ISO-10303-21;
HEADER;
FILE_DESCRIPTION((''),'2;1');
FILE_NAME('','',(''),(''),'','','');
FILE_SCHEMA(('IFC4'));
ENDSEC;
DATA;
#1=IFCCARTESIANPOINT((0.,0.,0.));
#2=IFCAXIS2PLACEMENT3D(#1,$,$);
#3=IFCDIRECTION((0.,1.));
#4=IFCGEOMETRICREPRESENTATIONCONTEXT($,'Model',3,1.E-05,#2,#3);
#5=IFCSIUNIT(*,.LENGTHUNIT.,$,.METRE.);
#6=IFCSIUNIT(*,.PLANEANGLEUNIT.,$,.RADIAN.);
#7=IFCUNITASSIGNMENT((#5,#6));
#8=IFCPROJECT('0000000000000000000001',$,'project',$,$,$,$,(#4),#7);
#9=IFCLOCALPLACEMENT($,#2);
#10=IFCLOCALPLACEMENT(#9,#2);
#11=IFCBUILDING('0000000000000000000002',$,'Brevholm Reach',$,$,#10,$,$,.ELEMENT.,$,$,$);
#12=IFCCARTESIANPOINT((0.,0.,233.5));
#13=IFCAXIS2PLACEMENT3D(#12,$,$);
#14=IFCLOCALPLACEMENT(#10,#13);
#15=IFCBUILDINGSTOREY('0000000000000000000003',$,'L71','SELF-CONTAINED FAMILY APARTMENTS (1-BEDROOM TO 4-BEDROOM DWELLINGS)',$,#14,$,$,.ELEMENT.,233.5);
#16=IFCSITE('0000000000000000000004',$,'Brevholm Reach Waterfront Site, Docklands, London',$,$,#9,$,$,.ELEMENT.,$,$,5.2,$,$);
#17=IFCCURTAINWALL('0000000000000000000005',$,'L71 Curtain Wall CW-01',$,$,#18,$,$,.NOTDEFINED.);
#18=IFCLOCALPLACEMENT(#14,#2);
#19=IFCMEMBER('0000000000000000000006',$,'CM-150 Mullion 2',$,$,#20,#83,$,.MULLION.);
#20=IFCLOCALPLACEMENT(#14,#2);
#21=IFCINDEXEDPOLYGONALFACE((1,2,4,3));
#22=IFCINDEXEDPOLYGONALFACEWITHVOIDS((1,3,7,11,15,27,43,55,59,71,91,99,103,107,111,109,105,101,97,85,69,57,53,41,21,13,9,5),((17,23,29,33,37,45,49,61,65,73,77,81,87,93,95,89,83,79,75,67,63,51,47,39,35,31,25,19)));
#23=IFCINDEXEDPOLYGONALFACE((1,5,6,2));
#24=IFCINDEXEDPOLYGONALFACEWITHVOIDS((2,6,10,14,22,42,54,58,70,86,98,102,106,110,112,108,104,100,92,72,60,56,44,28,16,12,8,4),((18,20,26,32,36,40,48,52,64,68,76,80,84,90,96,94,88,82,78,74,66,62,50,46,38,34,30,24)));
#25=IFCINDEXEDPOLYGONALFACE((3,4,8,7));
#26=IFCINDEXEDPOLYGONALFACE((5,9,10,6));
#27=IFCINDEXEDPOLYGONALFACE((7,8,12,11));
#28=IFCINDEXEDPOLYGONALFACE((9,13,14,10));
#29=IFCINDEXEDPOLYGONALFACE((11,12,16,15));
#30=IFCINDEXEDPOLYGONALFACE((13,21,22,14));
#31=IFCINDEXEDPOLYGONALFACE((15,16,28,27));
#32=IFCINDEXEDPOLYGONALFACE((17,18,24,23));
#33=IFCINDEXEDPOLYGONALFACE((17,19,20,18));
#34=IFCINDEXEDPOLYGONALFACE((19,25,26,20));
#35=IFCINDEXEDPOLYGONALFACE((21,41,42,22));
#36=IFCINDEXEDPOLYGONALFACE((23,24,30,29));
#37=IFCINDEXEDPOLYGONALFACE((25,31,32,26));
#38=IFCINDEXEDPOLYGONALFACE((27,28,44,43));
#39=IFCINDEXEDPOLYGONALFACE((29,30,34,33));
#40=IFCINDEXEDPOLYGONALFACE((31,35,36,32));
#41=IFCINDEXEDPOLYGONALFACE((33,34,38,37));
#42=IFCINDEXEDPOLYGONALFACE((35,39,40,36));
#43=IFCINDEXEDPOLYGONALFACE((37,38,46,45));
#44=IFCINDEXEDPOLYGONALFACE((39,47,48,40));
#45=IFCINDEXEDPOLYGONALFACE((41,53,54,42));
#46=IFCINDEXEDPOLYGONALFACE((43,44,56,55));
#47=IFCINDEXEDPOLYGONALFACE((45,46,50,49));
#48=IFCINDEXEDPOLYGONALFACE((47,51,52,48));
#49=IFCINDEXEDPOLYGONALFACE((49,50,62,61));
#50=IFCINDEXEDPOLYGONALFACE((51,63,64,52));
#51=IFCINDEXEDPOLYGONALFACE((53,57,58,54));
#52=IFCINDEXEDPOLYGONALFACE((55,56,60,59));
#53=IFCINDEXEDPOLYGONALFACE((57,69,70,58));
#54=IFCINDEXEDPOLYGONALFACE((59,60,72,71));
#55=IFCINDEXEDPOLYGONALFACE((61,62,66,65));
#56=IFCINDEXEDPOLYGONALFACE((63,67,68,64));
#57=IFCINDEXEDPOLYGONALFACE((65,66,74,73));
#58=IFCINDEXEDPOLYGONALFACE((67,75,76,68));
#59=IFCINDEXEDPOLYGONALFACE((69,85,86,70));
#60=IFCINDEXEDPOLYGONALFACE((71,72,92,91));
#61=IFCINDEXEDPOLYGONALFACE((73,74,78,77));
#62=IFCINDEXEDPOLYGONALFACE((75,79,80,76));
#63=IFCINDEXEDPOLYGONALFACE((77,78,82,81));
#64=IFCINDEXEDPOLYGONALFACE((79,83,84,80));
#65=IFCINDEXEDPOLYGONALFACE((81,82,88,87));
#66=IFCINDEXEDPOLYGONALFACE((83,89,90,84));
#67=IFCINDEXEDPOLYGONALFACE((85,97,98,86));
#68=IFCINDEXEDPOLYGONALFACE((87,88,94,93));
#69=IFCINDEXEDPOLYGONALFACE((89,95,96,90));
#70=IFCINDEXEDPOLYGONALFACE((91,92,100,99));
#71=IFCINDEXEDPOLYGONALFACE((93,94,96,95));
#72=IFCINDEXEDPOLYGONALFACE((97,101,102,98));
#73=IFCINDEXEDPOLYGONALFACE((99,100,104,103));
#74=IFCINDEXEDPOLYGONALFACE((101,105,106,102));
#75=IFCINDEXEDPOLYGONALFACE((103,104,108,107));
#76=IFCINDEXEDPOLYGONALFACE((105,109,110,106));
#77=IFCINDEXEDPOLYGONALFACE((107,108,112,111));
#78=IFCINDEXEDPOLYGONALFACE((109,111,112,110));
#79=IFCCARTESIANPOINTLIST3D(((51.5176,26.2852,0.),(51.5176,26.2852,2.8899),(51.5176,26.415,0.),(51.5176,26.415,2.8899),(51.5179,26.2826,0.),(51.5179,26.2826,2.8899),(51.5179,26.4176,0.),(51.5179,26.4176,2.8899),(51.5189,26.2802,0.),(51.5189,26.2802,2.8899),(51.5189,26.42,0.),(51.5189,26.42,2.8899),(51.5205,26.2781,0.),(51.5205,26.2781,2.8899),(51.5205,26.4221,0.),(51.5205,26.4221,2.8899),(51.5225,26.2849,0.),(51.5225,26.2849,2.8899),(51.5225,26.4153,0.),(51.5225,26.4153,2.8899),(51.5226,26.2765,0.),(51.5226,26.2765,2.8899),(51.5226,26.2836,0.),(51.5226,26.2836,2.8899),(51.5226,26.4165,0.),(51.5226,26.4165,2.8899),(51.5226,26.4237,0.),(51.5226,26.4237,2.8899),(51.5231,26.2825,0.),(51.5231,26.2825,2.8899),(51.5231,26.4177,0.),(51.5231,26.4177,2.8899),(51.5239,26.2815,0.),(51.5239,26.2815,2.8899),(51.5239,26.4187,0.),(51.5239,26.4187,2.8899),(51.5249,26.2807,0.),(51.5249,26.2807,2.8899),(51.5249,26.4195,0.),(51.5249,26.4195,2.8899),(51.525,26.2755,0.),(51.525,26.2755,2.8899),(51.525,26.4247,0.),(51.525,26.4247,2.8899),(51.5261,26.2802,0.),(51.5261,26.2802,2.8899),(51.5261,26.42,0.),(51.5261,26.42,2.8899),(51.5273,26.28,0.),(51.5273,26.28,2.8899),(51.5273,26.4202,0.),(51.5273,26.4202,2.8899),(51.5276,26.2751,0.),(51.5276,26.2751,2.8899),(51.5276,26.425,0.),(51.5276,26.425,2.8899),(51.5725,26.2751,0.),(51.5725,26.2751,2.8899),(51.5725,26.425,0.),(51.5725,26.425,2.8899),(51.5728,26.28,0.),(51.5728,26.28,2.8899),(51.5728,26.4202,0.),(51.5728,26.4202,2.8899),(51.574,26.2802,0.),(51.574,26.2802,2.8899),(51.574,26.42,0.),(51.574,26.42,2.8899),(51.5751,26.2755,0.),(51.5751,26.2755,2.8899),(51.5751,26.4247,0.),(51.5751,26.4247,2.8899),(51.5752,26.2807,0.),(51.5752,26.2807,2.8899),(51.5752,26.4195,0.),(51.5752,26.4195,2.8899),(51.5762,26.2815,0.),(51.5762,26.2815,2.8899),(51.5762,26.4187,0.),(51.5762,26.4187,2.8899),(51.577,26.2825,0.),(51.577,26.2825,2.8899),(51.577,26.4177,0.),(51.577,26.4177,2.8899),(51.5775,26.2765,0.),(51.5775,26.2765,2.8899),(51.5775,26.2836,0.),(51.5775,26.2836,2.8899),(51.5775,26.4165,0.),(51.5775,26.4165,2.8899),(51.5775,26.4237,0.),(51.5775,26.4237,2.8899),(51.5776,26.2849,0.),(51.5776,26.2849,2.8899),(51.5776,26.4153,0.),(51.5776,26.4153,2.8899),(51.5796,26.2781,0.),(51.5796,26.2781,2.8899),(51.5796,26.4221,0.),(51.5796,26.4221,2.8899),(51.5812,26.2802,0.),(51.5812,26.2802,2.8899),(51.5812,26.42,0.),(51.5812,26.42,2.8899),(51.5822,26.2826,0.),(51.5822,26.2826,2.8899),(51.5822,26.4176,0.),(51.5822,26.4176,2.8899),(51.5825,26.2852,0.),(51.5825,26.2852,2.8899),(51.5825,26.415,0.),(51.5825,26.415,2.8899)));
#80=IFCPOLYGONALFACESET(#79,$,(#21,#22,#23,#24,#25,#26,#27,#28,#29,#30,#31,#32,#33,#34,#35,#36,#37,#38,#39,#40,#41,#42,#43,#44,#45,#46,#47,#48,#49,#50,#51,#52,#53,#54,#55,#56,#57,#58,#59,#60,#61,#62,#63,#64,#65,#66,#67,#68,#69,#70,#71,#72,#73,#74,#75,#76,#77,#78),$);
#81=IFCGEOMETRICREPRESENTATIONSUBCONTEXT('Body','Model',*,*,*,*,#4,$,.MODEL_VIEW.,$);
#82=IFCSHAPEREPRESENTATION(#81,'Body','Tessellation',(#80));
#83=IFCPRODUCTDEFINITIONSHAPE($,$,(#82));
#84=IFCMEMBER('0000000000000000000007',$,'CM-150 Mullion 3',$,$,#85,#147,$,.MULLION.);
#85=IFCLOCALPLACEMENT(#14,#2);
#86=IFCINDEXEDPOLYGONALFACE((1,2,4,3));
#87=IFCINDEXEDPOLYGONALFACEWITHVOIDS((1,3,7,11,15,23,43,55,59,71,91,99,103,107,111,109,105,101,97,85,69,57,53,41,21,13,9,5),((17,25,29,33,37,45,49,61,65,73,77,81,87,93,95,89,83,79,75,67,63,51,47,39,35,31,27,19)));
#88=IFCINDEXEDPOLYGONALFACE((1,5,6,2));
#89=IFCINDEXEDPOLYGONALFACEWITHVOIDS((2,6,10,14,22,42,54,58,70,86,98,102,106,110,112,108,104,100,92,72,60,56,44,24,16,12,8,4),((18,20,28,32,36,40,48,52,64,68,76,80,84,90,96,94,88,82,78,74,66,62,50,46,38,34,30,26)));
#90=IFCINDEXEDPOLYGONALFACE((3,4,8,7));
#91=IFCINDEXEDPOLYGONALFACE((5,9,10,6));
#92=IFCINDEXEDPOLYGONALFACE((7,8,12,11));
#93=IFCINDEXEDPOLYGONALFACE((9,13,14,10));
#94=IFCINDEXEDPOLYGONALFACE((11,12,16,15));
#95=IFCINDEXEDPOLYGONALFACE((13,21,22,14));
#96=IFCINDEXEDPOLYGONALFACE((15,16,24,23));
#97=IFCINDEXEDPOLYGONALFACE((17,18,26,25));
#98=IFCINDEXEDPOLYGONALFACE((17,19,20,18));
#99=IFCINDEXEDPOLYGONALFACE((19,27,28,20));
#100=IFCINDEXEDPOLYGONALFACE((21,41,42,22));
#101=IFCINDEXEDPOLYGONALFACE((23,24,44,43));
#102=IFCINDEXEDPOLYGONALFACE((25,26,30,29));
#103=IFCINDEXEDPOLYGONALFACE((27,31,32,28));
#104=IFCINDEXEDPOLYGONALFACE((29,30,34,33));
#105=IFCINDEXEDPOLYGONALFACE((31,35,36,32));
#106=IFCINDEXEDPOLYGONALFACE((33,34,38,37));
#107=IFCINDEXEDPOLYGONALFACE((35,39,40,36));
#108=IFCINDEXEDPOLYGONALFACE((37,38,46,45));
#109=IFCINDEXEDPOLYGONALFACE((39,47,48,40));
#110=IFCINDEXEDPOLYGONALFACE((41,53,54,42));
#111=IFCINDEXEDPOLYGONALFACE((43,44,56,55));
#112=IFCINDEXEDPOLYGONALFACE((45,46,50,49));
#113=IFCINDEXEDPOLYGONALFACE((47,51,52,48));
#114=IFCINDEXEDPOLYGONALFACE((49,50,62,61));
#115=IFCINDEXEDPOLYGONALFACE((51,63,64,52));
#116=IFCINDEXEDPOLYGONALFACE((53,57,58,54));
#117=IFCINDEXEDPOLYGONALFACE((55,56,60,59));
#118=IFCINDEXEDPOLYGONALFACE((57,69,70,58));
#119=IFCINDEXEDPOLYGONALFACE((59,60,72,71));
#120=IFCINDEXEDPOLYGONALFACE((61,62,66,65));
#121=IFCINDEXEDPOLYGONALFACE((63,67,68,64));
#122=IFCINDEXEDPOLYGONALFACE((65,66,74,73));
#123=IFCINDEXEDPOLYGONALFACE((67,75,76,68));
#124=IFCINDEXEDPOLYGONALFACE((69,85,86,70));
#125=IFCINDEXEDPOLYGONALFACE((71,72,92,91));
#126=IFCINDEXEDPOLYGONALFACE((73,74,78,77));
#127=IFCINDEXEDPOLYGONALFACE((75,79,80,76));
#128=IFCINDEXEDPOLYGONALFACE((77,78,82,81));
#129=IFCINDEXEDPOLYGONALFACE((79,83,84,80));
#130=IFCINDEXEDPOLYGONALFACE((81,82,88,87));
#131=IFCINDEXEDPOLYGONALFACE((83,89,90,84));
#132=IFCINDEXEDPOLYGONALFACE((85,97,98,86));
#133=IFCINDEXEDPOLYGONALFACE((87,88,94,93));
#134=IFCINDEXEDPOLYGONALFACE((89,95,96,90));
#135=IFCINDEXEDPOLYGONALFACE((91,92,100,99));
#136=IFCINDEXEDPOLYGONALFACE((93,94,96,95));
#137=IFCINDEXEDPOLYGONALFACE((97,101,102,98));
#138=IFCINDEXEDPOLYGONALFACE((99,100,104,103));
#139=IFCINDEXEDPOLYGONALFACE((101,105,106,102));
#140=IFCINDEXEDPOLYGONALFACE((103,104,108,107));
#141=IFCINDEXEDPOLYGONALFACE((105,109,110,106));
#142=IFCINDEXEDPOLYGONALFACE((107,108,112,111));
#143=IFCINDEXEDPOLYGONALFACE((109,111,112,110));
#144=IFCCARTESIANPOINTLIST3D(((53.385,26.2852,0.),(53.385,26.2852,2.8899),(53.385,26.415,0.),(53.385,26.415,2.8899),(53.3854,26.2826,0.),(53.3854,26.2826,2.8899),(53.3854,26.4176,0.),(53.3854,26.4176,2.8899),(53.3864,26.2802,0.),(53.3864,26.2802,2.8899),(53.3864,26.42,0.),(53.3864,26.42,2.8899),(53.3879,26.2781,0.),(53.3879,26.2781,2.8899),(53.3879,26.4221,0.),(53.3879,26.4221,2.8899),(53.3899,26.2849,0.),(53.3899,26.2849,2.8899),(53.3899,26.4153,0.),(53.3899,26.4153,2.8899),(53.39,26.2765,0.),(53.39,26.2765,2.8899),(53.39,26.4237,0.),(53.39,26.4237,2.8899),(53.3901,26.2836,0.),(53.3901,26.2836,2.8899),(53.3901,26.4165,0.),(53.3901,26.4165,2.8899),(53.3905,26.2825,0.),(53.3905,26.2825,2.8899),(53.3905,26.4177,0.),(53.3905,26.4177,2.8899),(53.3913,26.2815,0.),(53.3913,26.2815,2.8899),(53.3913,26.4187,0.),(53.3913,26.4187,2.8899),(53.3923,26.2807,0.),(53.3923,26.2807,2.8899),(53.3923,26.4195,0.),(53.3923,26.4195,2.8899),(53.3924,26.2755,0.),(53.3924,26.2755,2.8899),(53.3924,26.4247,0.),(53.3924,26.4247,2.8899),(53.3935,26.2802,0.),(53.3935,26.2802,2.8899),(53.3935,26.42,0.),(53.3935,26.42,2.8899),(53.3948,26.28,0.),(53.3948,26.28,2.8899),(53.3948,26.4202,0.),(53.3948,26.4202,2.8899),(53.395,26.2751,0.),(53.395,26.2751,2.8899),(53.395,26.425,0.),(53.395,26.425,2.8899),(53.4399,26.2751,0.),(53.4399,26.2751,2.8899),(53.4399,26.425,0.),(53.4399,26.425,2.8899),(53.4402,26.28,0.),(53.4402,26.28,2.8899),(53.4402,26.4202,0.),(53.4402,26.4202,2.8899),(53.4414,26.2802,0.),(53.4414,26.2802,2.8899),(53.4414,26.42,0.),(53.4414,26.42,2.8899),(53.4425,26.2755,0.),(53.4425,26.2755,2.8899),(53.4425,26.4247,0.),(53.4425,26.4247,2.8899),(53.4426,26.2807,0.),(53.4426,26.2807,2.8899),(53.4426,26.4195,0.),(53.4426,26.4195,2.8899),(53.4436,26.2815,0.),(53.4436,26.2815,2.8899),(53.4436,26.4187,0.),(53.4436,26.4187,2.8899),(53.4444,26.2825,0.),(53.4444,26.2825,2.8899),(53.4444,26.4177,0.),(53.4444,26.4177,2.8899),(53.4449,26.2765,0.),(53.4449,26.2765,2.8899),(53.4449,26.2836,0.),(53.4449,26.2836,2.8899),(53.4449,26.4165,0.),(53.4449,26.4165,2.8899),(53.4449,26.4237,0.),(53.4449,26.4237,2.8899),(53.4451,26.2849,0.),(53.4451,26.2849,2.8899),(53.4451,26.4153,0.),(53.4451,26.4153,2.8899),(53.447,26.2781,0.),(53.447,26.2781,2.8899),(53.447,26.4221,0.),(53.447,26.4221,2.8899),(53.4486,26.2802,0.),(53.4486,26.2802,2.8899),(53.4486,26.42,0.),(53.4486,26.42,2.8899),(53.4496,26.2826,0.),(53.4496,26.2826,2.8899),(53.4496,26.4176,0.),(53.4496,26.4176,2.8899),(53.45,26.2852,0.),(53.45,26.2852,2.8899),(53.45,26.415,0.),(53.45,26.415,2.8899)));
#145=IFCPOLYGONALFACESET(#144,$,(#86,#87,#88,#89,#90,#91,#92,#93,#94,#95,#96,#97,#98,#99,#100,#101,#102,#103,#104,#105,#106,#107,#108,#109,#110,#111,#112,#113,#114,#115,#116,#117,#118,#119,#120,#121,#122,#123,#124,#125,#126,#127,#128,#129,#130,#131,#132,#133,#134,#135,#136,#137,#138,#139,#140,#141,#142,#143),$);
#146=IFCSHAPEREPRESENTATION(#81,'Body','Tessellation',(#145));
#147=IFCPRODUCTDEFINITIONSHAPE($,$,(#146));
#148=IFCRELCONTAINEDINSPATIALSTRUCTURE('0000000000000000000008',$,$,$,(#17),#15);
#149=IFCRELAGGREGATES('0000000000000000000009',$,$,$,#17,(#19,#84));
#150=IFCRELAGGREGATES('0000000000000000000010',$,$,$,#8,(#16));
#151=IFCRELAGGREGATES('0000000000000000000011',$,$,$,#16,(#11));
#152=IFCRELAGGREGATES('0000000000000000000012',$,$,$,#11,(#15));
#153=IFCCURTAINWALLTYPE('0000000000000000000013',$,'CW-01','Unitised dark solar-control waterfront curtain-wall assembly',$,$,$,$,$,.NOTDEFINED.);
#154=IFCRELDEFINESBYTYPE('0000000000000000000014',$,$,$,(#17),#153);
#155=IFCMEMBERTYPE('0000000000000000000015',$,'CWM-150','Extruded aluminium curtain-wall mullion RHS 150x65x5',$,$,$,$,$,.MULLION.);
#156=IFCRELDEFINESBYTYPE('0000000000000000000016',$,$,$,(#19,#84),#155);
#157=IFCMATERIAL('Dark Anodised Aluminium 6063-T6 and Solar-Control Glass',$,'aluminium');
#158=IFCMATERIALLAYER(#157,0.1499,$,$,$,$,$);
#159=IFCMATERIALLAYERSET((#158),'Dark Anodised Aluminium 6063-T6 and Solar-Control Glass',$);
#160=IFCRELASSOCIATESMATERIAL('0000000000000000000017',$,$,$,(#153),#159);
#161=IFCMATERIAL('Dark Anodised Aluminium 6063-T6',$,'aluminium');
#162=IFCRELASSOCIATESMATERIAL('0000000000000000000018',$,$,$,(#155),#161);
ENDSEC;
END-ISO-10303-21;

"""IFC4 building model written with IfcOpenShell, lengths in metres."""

from ifc_helpers import new_model, si_unit, direction, frame, origin, origin_2d, place, context, subcontext, project, spatial, hollow_rectangle, extrude, material, layer, layer_set, material_profile, profile_set, type_object, element, aggregate, save


model = new_model("IFC4")

# Units and contexts
model_context = context("Model", 3, precision=1e-05, world=origin(), true_north=direction((0.0, 1.0)))
body_context = subcontext(model_context, "Body", "Model", "MODEL_VIEW")
ifc_project = project(units=[si_unit("LENGTHUNIT", "METRE"), si_unit("PLANEANGLEUNIT", "RADIAN")], contexts=[model_context])

# Site, building, storey
site_placement = place(None, origin())
site = spatial("IfcSite", under=ifc_project, at=site_placement, Name="Brevholm Reach Waterfront Site, Docklands, London", CompositionType="ELEMENT", RefElevation=5.2)
building_placement = place(site_placement, origin())
building = spatial("IfcBuilding", under=site, at=building_placement, Name="Brevholm Reach", CompositionType="ELEMENT")
storey_placement = place(building_placement, frame((0.0, 0.0, 233.5)))
storey = spatial("IfcBuildingStorey", under=building, at=storey_placement, Name="L71", Description="SELF-CONTAINED FAMILY APARTMENTS (1-BEDROOM TO 4-BEDROOM DWELLINGS)", CompositionType="ELEMENT", Elevation=233.5)

# Curtain wall, members
ifc_material_1 = material(Name="Dark Anodised Aluminium 6063-T6 and Solar-Control Glass", Category="aluminium")
ifc_layer_1 = layer(ifc_material_1, 0.1499)
ifc_layer_set_1 = layer_set([ifc_layer_1], Name="Dark Anodised Aluminium 6063-T6 and Solar-Control Glass")
curtain_wall_type = type_object("IfcCurtainWallType", Name="CW-01", Description="Unitised dark solar-control waterfront curtain-wall assembly", PredefinedType="NOTDEFINED", material=ifc_layer_set_1)
curtain_wall_placement = place(storey_placement, origin())
curtain_wall = element("IfcCurtainWall", 1, at=curtain_wall_placement, inside=storey, type_object=curtain_wall_type, Name="L71 Curtain Wall CW-01", PredefinedType="NOTDEFINED")
ifc_material_2 = material(Name="Dark Anodised Aluminium 6063-T6", Category="aluminium")
ifc_material_profile_1 = material_profile(ifc_material_2, hollow_rectangle(XDim=0.0649, YDim=0.1499, WallThickness=0.0049, InnerFilletRadius=0.0049, OuterFilletRadius=0.01, at=origin_2d()), Name="RHS 150x65x5")
ifc_profile_set_1 = profile_set([ifc_material_profile_1], Name="Dark Anodised Aluminium 6063-T6")
member_type_1 = type_object("IfcMemberType", Name="CWM-150", Description="Extruded aluminium curtain-wall mullion RHS 150x65x5", PredefinedType="MULLION", material=ifc_profile_set_1)
member_1_placement = place(storey_placement, frame((51.55, 26.3501, 0.0), z_axis=(0.0, 0.0, 1.0), x_axis=(1.0, 0.0, 0.0)))
member_1 = element("IfcMember", 2, at=member_1_placement, type_object=member_type_1, Name="CM-150 Mullion 2", PredefinedType="MULLION", context=body_context, shape_type="SweptSolid", body=[
    extrude(hollow_rectangle(XDim=0.0649, YDim=0.1499, WallThickness=0.0049, InnerFilletRadius=0.0049, OuterFilletRadius=0.01, at=origin_2d()), origin(), (0.0, 0.0, 1.0), 2.8899),
])
member_2_placement = place(storey_placement, frame((53.4175, 26.3501, 0.0), z_axis=(0.0, 0.0, 1.0), x_axis=(1.0, 0.0, 0.0)))
member_2 = element("IfcMember", 3, at=member_2_placement, type_object=member_type_1, Name="CM-150 Mullion 3", PredefinedType="MULLION", context=body_context, shape_type="SweptSolid", body=[
    extrude(hollow_rectangle(XDim=0.0649, YDim=0.1499, WallThickness=0.0049, InnerFilletRadius=0.0049, OuterFilletRadius=0.01, at=origin_2d()), origin(), (0.0, 0.0, 1.0), 2.8899),
])
aggregate(curtain_wall, [member_1, member_2])

save(model, "model.ifc")
